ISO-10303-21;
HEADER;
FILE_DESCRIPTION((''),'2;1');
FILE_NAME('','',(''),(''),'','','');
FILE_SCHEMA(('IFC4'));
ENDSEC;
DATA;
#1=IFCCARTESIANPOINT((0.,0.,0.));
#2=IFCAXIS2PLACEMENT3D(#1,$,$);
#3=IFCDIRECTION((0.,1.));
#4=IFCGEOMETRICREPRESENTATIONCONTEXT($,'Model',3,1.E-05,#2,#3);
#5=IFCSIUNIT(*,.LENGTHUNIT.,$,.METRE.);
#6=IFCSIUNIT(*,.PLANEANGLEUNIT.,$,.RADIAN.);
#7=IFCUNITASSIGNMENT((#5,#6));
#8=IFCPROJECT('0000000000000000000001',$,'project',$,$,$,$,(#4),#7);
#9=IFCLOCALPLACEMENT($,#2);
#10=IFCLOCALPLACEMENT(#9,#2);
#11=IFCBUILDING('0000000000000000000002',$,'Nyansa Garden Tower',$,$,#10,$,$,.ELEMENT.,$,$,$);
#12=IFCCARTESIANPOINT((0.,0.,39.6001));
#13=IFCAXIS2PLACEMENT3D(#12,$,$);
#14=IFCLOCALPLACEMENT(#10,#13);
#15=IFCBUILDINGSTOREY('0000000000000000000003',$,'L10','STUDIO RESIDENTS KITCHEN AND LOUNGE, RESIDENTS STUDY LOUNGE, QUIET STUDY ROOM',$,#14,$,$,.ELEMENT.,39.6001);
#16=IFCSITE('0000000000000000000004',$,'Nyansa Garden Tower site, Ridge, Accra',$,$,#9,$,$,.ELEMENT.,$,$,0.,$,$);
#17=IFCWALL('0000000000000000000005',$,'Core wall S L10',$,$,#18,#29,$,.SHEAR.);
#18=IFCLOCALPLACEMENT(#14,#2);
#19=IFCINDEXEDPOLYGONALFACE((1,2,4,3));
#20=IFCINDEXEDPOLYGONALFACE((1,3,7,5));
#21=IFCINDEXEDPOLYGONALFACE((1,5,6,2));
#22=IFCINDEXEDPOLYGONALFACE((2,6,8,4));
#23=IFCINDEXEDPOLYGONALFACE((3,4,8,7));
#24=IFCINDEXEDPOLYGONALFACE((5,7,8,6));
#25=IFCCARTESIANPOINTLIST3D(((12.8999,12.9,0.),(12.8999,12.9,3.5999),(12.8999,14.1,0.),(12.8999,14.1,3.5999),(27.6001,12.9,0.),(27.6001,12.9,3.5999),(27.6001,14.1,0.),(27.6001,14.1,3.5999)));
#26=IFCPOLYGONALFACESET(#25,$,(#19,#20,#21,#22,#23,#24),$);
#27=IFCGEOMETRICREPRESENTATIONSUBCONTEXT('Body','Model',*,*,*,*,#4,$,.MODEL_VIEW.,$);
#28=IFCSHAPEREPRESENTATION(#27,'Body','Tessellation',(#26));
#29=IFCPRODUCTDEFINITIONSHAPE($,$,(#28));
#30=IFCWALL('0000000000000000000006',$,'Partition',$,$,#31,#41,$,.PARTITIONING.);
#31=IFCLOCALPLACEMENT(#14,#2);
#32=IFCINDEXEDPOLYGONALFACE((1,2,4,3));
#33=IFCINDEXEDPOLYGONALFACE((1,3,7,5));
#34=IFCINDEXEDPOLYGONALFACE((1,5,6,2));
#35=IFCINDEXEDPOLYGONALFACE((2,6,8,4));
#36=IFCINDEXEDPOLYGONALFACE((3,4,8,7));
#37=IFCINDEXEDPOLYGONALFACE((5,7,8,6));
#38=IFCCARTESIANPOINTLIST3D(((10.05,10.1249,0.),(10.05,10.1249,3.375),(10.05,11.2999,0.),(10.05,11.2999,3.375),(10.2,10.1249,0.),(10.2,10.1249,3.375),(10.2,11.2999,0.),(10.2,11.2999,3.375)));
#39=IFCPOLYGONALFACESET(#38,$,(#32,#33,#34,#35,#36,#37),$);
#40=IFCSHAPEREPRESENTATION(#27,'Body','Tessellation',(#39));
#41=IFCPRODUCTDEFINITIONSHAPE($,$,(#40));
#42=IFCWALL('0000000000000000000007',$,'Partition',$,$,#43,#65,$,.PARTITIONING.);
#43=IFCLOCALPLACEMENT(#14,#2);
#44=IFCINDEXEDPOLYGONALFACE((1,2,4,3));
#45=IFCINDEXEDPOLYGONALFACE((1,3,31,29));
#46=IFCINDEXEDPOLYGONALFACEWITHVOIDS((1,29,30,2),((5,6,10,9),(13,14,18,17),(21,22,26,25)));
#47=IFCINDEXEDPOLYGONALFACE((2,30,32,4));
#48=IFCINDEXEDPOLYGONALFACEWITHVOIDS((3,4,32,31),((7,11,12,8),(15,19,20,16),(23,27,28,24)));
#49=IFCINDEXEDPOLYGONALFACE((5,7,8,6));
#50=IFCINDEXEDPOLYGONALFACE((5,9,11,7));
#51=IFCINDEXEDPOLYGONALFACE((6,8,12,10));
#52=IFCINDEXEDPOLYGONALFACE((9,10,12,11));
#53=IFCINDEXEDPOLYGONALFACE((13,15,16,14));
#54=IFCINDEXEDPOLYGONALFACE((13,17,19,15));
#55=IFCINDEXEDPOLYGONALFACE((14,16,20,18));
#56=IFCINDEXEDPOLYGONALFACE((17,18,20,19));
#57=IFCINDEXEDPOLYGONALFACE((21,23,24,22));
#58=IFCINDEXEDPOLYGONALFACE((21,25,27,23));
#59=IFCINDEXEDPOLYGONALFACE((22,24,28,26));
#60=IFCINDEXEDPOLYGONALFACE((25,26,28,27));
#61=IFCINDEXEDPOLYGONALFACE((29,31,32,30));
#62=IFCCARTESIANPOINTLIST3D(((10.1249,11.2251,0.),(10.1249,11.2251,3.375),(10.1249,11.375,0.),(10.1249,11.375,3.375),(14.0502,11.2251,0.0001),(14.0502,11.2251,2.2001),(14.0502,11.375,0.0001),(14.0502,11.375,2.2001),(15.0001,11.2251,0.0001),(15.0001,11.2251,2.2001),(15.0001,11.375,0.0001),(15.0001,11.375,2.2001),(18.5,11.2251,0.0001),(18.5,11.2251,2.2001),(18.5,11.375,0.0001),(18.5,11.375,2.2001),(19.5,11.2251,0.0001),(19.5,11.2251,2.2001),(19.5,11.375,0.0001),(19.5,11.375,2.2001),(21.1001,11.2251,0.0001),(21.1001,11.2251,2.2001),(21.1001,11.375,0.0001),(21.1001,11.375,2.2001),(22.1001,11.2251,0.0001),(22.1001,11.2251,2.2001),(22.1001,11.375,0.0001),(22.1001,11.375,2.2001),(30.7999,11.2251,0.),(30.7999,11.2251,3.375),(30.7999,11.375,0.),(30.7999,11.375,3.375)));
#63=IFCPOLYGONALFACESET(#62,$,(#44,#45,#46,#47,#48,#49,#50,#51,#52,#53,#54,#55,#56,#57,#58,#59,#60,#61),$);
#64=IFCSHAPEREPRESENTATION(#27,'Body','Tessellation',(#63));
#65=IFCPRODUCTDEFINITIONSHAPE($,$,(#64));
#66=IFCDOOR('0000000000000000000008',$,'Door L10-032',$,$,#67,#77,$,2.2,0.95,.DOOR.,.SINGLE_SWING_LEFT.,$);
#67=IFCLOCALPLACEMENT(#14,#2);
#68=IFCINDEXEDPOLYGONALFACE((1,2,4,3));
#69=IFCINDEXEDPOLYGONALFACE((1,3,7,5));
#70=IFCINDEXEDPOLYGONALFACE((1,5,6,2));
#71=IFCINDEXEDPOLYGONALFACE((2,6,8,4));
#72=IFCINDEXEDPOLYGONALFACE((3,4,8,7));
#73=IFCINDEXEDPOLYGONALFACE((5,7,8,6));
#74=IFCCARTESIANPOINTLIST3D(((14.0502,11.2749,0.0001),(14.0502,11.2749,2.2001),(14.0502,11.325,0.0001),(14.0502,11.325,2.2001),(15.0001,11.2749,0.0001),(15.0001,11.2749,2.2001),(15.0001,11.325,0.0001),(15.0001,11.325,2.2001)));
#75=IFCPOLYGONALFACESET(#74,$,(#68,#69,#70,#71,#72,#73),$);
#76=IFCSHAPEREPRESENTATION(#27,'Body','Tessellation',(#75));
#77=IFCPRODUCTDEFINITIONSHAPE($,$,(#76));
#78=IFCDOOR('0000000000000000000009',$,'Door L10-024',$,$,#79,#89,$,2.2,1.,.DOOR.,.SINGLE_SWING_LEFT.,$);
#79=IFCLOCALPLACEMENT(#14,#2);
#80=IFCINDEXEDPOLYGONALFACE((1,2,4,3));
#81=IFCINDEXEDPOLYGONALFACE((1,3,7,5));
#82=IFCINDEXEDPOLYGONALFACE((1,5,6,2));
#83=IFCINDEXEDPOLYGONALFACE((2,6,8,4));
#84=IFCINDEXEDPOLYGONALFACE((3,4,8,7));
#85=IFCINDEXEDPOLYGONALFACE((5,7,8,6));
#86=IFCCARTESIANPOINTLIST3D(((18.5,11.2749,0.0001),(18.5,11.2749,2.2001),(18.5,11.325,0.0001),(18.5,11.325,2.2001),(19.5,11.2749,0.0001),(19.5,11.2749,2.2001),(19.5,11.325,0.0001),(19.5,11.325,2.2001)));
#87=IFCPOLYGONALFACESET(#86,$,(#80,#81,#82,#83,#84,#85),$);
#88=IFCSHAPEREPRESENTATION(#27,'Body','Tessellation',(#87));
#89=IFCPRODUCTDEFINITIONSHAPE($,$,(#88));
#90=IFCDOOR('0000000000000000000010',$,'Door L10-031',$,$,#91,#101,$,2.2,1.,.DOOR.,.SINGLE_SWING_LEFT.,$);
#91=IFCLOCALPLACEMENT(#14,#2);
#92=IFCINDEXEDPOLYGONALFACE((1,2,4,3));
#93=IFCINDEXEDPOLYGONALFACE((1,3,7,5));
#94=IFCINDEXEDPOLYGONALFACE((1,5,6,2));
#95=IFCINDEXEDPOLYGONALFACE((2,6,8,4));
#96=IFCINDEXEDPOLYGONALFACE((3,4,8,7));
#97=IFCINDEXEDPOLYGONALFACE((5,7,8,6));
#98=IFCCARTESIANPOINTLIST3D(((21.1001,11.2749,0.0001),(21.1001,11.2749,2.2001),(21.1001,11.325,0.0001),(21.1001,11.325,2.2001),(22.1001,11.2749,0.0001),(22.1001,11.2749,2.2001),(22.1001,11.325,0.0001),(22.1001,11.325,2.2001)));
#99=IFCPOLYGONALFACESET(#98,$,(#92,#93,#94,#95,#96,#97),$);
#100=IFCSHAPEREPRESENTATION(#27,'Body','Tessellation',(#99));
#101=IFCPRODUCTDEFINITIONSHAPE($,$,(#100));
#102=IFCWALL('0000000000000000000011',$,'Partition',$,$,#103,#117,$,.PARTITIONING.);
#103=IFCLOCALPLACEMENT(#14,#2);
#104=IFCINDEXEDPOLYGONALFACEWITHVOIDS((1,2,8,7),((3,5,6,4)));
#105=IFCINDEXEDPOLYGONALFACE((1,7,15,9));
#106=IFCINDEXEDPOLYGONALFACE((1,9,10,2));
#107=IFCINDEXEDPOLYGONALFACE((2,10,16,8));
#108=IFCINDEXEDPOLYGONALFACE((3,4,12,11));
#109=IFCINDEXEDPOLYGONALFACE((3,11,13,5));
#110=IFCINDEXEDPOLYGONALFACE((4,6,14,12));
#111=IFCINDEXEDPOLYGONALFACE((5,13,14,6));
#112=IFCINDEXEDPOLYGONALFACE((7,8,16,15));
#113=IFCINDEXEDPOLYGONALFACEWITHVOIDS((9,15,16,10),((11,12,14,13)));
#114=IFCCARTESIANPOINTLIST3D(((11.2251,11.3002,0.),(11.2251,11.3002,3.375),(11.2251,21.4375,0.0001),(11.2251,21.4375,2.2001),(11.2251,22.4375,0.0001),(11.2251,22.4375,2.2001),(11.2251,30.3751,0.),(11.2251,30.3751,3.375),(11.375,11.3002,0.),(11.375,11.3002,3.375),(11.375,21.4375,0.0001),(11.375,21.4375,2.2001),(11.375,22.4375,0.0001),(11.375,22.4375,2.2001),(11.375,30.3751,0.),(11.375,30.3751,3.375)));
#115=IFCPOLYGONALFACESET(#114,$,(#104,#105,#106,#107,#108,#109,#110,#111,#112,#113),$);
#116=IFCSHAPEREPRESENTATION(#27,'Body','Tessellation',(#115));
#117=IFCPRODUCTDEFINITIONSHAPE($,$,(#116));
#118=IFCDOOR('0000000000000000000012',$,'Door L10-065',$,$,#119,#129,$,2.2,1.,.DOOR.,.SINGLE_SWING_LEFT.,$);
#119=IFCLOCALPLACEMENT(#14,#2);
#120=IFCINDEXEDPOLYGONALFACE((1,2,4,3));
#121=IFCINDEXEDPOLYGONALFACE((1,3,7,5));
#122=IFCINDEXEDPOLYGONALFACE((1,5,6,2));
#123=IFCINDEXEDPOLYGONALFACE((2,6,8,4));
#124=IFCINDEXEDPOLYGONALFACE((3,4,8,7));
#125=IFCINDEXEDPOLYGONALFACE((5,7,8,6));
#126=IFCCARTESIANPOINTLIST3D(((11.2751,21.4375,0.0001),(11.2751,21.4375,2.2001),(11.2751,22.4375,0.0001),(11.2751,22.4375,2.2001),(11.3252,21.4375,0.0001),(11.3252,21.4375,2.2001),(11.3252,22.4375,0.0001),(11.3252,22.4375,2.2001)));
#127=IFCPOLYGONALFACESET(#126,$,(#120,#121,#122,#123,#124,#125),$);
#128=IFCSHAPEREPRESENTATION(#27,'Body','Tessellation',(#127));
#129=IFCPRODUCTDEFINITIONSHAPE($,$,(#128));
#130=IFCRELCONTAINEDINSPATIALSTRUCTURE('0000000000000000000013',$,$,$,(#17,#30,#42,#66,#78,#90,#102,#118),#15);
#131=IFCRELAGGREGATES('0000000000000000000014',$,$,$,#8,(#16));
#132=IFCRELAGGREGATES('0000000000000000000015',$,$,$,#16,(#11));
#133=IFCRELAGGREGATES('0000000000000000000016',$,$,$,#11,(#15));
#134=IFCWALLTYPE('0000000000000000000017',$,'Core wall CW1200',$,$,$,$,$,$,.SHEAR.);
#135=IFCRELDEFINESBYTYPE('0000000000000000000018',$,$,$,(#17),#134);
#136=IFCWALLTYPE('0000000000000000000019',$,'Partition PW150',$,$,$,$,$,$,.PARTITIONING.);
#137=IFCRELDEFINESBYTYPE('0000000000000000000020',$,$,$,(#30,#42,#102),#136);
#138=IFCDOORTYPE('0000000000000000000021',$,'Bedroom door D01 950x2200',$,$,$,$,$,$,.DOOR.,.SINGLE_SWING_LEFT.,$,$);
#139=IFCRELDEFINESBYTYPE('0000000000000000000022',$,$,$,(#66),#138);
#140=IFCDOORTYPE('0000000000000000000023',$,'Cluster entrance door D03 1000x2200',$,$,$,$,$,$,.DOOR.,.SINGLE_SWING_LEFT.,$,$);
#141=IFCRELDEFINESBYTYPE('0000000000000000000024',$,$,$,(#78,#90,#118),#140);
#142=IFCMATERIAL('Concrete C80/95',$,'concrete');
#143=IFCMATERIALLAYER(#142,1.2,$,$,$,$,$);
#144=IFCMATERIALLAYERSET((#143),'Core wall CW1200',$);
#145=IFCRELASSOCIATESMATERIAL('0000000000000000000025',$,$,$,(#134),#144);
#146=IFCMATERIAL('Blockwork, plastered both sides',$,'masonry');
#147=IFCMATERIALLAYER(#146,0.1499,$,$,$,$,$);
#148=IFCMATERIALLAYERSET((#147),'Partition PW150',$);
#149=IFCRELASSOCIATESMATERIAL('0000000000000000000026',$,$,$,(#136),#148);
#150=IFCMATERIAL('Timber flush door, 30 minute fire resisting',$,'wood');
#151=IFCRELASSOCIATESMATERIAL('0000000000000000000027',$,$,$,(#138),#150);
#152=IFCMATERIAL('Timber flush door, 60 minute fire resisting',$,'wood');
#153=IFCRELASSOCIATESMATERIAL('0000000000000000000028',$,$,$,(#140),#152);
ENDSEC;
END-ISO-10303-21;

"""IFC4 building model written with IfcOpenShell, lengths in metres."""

from ifc_helpers import new_model, si_unit, direction, frame, frame_2d, origin, place, context, subcontext, project, spatial, rectangle, extrude, material, layer, layer_set, type_object, element, fill, save


model = new_model("IFC4")

# Units and contexts
model_context = context("Model", 3, precision=1e-05, world=origin(), true_north=direction((0.0, 1.0)))
body_context = subcontext(model_context, "Body", "Model", "MODEL_VIEW")
ifc_project = project(units=[si_unit("LENGTHUNIT", "METRE"), si_unit("PLANEANGLEUNIT", "RADIAN")], contexts=[model_context])

# Site, building, storey
site_placement = place(None, origin())
site = spatial("IfcSite", under=ifc_project, at=site_placement, Name="Nyansa Garden Tower site, Ridge, Accra", CompositionType="ELEMENT", RefElevation=0.0)
building_placement = place(site_placement, origin())
building = spatial("IfcBuilding", under=site, at=building_placement, Name="Nyansa Garden Tower", CompositionType="ELEMENT")
storey_placement = place(building_placement, frame((0.0, 0.0, 39.6001)))
storey = spatial("IfcBuildingStorey", under=building, at=storey_placement, Name="L10", Description="STUDIO RESIDENTS KITCHEN AND LOUNGE, RESIDENTS STUDY LOUNGE, QUIET STUDY ROOM", CompositionType="ELEMENT", Elevation=39.6001)

# Walls
ifc_material_1 = material(Name="Concrete C80/95", Category="concrete")
ifc_layer_1 = layer(ifc_material_1, 1.2)
ifc_layer_set_1 = layer_set([ifc_layer_1], Name="Core wall CW1200")
wall_type_1 = type_object("IfcWallType", Name="Core wall CW1200", PredefinedType="SHEAR", material=ifc_layer_set_1)
wall_1_placement = place(storey_placement, frame((12.8999, 13.5, 0.0), z_axis=(0.0, 0.0, 1.0), x_axis=(1.0, 0.0, 0.0)))
element("IfcWall", 1, at=wall_1_placement, inside=storey, type_object=wall_type_1, Name="Core wall S L10", PredefinedType="SHEAR", context=body_context, shape_type="SweptSolid", body=[
    extrude(rectangle(XDim=14.7002, YDim=1.2, at=frame_2d((7.3501, 0.0))), origin(), (0.0, 0.0, 1.0), 3.5999),
])
ifc_material_2 = material(Name="Blockwork, plastered both sides", Category="masonry")
ifc_layer_2 = layer(ifc_material_2, 0.1499)
ifc_layer_set_2 = layer_set([ifc_layer_2], Name="Partition PW150")
wall_type_2 = type_object("IfcWallType", Name="Partition PW150", PredefinedType="PARTITIONING", material=ifc_layer_set_2)
wall_2_placement = place(storey_placement, frame((10.125, 10.125, 0.0), z_axis=(0.0, 0.0, 1.0), x_axis=(0.0, 1.0, 0.0)))
element("IfcWall", 2, at=wall_2_placement, inside=storey, type_object=wall_type_2, Name="Partition", PredefinedType="PARTITIONING", context=body_context, shape_type="SweptSolid", body=[
    extrude(rectangle(XDim=1.175, YDim=0.1499, at=frame_2d((0.5874, 0.0))), origin(), (0.0, 0.0, 1.0), 3.375),
])

# Wall, openings, doors
wall_3_placement = place(storey_placement, frame((10.125, 11.3, 0.0), z_axis=(0.0, 0.0, 1.0), x_axis=(1.0, 0.0, 0.0)))
wall_3 = element("IfcWall", 3, at=wall_3_placement, inside=storey, type_object=wall_type_2, Name="Partition", PredefinedType="PARTITIONING", context=body_context, shape_type="SweptSolid", body=[
    extrude(rectangle(XDim=20.675, YDim=0.1499, at=frame_2d((10.3374, 0.0))), origin(), (0.0, 0.0, 1.0), 3.375),
])
opening_1_placement = place(wall_3_placement, frame((8.375, 0.0, 0.0)))
opening_1 = element("IfcOpeningElement", 4, at=opening_1_placement, cuts=wall_3, PredefinedType="OPENING", context=body_context, shape_type="SweptSolid", body=[
    extrude(rectangle(XDim=1.0, YDim=2.2, at=frame_2d((0.5, 1.1001))), frame((0.0, 0.085, 0.0), z_axis=(0.0, -1.0, 0.0), x_axis=(1.0, 0.0, 0.0)), (0.0, 0.0, 1.0), 0.1699),
])
opening_2_placement = place(wall_3_placement, frame((10.9751, 0.0, 0.0)))
opening_2 = element("IfcOpeningElement", 5, at=opening_2_placement, cuts=wall_3, PredefinedType="OPENING", context=body_context, shape_type="SweptSolid", body=[
    extrude(rectangle(XDim=1.0, YDim=2.2, at=frame_2d((0.5, 1.1001))), frame((0.0, 0.085, 0.0), z_axis=(0.0, -1.0, 0.0), x_axis=(1.0, 0.0, 0.0)), (0.0, 0.0, 1.0), 0.1699),
])
opening_3_placement = place(wall_3_placement, frame((3.925, 0.0, 0.0)))
opening_3 = element("IfcOpeningElement", 6, at=opening_3_placement, cuts=wall_3, PredefinedType="OPENING", context=body_context, shape_type="SweptSolid", body=[
    extrude(rectangle(XDim=0.95, YDim=2.2, at=frame_2d((0.4751, 1.1001))), frame((0.0, 0.085, 0.0), z_axis=(0.0, -1.0, 0.0), x_axis=(1.0, 0.0, 0.0)), (0.0, 0.0, 1.0), 0.1699),
])
ifc_material_3 = material(Name="Timber flush door, 30 minute fire resisting", Category="wood")
door_type_1 = type_object("IfcDoorType", Name="Bedroom door D01 950x2200", OperationType="SINGLE_SWING_LEFT", PredefinedType="DOOR", material=ifc_material_3)
door_1_placement = place(opening_3_placement, origin())
door_1 = element("IfcDoor", 7, at=door_1_placement, inside=storey, type_object=door_type_1, Name="Door L10-032", OperationType="SINGLE_SWING_LEFT", OverallHeight=2.2, OverallWidth=0.95, PredefinedType="DOOR", context=body_context, shape_type="SweptSolid", body=[
    extrude(rectangle(XDim=0.95, YDim=2.2, at=frame_2d((0.4751, 1.1001))), frame((0.0, 0.0249, 0.0), z_axis=(0.0, -1.0, 0.0), x_axis=(1.0, 0.0, 0.0)), (0.0, 0.0, 1.0), 0.05),
])
fill(opening_3, door_1)
ifc_material_4 = material(Name="Timber flush door, 60 minute fire resisting", Category="wood")
door_type_2 = type_object("IfcDoorType", Name="Cluster entrance door D03 1000x2200", OperationType="SINGLE_SWING_LEFT", PredefinedType="DOOR", material=ifc_material_4)
door_2_placement = place(opening_1_placement, origin())
door_2 = element("IfcDoor", 8, at=door_2_placement, inside=storey, type_object=door_type_2, Name="Door L10-024", OperationType="SINGLE_SWING_LEFT", OverallHeight=2.2, OverallWidth=1.0, PredefinedType="DOOR", context=body_context, shape_type="SweptSolid", body=[
    extrude(rectangle(XDim=1.0, YDim=2.2, at=frame_2d((0.5, 1.1001))), frame((0.0, 0.0249, 0.0), z_axis=(0.0, -1.0, 0.0), x_axis=(1.0, 0.0, 0.0)), (0.0, 0.0, 1.0), 0.05),
])
fill(opening_1, door_2)
door_3_placement = place(opening_2_placement, origin())
door_3 = element("IfcDoor", 9, at=door_3_placement, inside=storey, type_object=door_type_2, Name="Door L10-031", OperationType="SINGLE_SWING_LEFT", OverallHeight=2.2, OverallWidth=1.0, PredefinedType="DOOR", context=body_context, shape_type="SweptSolid", body=[
    extrude(rectangle(XDim=1.0, YDim=2.2, at=frame_2d((0.5, 1.1001))), frame((0.0, 0.0249, 0.0), z_axis=(0.0, -1.0, 0.0), x_axis=(1.0, 0.0, 0.0)), (0.0, 0.0, 1.0), 0.05),
])
fill(opening_2, door_3)

# Wall, opening, door
wall_4_placement = place(storey_placement, frame((11.3, 11.3, 0.0), z_axis=(0.0, 0.0, 1.0), x_axis=(0.0, 1.0, 0.0)))
wall_4 = element("IfcWall", 10, at=wall_4_placement, inside=storey, type_object=wall_type_2, Name="Partition", PredefinedType="PARTITIONING", context=body_context, shape_type="SweptSolid", body=[
    extrude(rectangle(XDim=19.075, YDim=0.1499, at=frame_2d((9.5376, 0.0))), origin(), (0.0, 0.0, 1.0), 3.375),
])
opening_4_placement = place(wall_4_placement, frame((10.1375, 0.0, 0.0)))
opening_4 = element("IfcOpeningElement", 11, at=opening_4_placement, cuts=wall_4, PredefinedType="OPENING", context=body_context, shape_type="SweptSolid", body=[
    extrude(rectangle(XDim=1.0, YDim=2.2, at=frame_2d((0.5, 1.1001))), frame((0.0, 0.085, 0.0), z_axis=(0.0, -1.0, 0.0), x_axis=(1.0, 0.0, 0.0)), (0.0, 0.0, 1.0), 0.1699),
])
door_4_placement = place(opening_4_placement, origin())
door_4 = element("IfcDoor", 12, at=door_4_placement, inside=storey, type_object=door_type_2, Name="Door L10-065", OperationType="SINGLE_SWING_LEFT", OverallHeight=2.2, OverallWidth=1.0, PredefinedType="DOOR", context=body_context, shape_type="SweptSolid", body=[
    extrude(rectangle(XDim=1.0, YDim=2.2, at=frame_2d((0.5, 1.1001))), frame((0.0, 0.0249, 0.0), z_axis=(0.0, -1.0, 0.0), x_axis=(1.0, 0.0, 0.0)), (0.0, 0.0, 1.0), 0.05),
])
fill(opening_4, door_4)

save(model, "model.ifc")
